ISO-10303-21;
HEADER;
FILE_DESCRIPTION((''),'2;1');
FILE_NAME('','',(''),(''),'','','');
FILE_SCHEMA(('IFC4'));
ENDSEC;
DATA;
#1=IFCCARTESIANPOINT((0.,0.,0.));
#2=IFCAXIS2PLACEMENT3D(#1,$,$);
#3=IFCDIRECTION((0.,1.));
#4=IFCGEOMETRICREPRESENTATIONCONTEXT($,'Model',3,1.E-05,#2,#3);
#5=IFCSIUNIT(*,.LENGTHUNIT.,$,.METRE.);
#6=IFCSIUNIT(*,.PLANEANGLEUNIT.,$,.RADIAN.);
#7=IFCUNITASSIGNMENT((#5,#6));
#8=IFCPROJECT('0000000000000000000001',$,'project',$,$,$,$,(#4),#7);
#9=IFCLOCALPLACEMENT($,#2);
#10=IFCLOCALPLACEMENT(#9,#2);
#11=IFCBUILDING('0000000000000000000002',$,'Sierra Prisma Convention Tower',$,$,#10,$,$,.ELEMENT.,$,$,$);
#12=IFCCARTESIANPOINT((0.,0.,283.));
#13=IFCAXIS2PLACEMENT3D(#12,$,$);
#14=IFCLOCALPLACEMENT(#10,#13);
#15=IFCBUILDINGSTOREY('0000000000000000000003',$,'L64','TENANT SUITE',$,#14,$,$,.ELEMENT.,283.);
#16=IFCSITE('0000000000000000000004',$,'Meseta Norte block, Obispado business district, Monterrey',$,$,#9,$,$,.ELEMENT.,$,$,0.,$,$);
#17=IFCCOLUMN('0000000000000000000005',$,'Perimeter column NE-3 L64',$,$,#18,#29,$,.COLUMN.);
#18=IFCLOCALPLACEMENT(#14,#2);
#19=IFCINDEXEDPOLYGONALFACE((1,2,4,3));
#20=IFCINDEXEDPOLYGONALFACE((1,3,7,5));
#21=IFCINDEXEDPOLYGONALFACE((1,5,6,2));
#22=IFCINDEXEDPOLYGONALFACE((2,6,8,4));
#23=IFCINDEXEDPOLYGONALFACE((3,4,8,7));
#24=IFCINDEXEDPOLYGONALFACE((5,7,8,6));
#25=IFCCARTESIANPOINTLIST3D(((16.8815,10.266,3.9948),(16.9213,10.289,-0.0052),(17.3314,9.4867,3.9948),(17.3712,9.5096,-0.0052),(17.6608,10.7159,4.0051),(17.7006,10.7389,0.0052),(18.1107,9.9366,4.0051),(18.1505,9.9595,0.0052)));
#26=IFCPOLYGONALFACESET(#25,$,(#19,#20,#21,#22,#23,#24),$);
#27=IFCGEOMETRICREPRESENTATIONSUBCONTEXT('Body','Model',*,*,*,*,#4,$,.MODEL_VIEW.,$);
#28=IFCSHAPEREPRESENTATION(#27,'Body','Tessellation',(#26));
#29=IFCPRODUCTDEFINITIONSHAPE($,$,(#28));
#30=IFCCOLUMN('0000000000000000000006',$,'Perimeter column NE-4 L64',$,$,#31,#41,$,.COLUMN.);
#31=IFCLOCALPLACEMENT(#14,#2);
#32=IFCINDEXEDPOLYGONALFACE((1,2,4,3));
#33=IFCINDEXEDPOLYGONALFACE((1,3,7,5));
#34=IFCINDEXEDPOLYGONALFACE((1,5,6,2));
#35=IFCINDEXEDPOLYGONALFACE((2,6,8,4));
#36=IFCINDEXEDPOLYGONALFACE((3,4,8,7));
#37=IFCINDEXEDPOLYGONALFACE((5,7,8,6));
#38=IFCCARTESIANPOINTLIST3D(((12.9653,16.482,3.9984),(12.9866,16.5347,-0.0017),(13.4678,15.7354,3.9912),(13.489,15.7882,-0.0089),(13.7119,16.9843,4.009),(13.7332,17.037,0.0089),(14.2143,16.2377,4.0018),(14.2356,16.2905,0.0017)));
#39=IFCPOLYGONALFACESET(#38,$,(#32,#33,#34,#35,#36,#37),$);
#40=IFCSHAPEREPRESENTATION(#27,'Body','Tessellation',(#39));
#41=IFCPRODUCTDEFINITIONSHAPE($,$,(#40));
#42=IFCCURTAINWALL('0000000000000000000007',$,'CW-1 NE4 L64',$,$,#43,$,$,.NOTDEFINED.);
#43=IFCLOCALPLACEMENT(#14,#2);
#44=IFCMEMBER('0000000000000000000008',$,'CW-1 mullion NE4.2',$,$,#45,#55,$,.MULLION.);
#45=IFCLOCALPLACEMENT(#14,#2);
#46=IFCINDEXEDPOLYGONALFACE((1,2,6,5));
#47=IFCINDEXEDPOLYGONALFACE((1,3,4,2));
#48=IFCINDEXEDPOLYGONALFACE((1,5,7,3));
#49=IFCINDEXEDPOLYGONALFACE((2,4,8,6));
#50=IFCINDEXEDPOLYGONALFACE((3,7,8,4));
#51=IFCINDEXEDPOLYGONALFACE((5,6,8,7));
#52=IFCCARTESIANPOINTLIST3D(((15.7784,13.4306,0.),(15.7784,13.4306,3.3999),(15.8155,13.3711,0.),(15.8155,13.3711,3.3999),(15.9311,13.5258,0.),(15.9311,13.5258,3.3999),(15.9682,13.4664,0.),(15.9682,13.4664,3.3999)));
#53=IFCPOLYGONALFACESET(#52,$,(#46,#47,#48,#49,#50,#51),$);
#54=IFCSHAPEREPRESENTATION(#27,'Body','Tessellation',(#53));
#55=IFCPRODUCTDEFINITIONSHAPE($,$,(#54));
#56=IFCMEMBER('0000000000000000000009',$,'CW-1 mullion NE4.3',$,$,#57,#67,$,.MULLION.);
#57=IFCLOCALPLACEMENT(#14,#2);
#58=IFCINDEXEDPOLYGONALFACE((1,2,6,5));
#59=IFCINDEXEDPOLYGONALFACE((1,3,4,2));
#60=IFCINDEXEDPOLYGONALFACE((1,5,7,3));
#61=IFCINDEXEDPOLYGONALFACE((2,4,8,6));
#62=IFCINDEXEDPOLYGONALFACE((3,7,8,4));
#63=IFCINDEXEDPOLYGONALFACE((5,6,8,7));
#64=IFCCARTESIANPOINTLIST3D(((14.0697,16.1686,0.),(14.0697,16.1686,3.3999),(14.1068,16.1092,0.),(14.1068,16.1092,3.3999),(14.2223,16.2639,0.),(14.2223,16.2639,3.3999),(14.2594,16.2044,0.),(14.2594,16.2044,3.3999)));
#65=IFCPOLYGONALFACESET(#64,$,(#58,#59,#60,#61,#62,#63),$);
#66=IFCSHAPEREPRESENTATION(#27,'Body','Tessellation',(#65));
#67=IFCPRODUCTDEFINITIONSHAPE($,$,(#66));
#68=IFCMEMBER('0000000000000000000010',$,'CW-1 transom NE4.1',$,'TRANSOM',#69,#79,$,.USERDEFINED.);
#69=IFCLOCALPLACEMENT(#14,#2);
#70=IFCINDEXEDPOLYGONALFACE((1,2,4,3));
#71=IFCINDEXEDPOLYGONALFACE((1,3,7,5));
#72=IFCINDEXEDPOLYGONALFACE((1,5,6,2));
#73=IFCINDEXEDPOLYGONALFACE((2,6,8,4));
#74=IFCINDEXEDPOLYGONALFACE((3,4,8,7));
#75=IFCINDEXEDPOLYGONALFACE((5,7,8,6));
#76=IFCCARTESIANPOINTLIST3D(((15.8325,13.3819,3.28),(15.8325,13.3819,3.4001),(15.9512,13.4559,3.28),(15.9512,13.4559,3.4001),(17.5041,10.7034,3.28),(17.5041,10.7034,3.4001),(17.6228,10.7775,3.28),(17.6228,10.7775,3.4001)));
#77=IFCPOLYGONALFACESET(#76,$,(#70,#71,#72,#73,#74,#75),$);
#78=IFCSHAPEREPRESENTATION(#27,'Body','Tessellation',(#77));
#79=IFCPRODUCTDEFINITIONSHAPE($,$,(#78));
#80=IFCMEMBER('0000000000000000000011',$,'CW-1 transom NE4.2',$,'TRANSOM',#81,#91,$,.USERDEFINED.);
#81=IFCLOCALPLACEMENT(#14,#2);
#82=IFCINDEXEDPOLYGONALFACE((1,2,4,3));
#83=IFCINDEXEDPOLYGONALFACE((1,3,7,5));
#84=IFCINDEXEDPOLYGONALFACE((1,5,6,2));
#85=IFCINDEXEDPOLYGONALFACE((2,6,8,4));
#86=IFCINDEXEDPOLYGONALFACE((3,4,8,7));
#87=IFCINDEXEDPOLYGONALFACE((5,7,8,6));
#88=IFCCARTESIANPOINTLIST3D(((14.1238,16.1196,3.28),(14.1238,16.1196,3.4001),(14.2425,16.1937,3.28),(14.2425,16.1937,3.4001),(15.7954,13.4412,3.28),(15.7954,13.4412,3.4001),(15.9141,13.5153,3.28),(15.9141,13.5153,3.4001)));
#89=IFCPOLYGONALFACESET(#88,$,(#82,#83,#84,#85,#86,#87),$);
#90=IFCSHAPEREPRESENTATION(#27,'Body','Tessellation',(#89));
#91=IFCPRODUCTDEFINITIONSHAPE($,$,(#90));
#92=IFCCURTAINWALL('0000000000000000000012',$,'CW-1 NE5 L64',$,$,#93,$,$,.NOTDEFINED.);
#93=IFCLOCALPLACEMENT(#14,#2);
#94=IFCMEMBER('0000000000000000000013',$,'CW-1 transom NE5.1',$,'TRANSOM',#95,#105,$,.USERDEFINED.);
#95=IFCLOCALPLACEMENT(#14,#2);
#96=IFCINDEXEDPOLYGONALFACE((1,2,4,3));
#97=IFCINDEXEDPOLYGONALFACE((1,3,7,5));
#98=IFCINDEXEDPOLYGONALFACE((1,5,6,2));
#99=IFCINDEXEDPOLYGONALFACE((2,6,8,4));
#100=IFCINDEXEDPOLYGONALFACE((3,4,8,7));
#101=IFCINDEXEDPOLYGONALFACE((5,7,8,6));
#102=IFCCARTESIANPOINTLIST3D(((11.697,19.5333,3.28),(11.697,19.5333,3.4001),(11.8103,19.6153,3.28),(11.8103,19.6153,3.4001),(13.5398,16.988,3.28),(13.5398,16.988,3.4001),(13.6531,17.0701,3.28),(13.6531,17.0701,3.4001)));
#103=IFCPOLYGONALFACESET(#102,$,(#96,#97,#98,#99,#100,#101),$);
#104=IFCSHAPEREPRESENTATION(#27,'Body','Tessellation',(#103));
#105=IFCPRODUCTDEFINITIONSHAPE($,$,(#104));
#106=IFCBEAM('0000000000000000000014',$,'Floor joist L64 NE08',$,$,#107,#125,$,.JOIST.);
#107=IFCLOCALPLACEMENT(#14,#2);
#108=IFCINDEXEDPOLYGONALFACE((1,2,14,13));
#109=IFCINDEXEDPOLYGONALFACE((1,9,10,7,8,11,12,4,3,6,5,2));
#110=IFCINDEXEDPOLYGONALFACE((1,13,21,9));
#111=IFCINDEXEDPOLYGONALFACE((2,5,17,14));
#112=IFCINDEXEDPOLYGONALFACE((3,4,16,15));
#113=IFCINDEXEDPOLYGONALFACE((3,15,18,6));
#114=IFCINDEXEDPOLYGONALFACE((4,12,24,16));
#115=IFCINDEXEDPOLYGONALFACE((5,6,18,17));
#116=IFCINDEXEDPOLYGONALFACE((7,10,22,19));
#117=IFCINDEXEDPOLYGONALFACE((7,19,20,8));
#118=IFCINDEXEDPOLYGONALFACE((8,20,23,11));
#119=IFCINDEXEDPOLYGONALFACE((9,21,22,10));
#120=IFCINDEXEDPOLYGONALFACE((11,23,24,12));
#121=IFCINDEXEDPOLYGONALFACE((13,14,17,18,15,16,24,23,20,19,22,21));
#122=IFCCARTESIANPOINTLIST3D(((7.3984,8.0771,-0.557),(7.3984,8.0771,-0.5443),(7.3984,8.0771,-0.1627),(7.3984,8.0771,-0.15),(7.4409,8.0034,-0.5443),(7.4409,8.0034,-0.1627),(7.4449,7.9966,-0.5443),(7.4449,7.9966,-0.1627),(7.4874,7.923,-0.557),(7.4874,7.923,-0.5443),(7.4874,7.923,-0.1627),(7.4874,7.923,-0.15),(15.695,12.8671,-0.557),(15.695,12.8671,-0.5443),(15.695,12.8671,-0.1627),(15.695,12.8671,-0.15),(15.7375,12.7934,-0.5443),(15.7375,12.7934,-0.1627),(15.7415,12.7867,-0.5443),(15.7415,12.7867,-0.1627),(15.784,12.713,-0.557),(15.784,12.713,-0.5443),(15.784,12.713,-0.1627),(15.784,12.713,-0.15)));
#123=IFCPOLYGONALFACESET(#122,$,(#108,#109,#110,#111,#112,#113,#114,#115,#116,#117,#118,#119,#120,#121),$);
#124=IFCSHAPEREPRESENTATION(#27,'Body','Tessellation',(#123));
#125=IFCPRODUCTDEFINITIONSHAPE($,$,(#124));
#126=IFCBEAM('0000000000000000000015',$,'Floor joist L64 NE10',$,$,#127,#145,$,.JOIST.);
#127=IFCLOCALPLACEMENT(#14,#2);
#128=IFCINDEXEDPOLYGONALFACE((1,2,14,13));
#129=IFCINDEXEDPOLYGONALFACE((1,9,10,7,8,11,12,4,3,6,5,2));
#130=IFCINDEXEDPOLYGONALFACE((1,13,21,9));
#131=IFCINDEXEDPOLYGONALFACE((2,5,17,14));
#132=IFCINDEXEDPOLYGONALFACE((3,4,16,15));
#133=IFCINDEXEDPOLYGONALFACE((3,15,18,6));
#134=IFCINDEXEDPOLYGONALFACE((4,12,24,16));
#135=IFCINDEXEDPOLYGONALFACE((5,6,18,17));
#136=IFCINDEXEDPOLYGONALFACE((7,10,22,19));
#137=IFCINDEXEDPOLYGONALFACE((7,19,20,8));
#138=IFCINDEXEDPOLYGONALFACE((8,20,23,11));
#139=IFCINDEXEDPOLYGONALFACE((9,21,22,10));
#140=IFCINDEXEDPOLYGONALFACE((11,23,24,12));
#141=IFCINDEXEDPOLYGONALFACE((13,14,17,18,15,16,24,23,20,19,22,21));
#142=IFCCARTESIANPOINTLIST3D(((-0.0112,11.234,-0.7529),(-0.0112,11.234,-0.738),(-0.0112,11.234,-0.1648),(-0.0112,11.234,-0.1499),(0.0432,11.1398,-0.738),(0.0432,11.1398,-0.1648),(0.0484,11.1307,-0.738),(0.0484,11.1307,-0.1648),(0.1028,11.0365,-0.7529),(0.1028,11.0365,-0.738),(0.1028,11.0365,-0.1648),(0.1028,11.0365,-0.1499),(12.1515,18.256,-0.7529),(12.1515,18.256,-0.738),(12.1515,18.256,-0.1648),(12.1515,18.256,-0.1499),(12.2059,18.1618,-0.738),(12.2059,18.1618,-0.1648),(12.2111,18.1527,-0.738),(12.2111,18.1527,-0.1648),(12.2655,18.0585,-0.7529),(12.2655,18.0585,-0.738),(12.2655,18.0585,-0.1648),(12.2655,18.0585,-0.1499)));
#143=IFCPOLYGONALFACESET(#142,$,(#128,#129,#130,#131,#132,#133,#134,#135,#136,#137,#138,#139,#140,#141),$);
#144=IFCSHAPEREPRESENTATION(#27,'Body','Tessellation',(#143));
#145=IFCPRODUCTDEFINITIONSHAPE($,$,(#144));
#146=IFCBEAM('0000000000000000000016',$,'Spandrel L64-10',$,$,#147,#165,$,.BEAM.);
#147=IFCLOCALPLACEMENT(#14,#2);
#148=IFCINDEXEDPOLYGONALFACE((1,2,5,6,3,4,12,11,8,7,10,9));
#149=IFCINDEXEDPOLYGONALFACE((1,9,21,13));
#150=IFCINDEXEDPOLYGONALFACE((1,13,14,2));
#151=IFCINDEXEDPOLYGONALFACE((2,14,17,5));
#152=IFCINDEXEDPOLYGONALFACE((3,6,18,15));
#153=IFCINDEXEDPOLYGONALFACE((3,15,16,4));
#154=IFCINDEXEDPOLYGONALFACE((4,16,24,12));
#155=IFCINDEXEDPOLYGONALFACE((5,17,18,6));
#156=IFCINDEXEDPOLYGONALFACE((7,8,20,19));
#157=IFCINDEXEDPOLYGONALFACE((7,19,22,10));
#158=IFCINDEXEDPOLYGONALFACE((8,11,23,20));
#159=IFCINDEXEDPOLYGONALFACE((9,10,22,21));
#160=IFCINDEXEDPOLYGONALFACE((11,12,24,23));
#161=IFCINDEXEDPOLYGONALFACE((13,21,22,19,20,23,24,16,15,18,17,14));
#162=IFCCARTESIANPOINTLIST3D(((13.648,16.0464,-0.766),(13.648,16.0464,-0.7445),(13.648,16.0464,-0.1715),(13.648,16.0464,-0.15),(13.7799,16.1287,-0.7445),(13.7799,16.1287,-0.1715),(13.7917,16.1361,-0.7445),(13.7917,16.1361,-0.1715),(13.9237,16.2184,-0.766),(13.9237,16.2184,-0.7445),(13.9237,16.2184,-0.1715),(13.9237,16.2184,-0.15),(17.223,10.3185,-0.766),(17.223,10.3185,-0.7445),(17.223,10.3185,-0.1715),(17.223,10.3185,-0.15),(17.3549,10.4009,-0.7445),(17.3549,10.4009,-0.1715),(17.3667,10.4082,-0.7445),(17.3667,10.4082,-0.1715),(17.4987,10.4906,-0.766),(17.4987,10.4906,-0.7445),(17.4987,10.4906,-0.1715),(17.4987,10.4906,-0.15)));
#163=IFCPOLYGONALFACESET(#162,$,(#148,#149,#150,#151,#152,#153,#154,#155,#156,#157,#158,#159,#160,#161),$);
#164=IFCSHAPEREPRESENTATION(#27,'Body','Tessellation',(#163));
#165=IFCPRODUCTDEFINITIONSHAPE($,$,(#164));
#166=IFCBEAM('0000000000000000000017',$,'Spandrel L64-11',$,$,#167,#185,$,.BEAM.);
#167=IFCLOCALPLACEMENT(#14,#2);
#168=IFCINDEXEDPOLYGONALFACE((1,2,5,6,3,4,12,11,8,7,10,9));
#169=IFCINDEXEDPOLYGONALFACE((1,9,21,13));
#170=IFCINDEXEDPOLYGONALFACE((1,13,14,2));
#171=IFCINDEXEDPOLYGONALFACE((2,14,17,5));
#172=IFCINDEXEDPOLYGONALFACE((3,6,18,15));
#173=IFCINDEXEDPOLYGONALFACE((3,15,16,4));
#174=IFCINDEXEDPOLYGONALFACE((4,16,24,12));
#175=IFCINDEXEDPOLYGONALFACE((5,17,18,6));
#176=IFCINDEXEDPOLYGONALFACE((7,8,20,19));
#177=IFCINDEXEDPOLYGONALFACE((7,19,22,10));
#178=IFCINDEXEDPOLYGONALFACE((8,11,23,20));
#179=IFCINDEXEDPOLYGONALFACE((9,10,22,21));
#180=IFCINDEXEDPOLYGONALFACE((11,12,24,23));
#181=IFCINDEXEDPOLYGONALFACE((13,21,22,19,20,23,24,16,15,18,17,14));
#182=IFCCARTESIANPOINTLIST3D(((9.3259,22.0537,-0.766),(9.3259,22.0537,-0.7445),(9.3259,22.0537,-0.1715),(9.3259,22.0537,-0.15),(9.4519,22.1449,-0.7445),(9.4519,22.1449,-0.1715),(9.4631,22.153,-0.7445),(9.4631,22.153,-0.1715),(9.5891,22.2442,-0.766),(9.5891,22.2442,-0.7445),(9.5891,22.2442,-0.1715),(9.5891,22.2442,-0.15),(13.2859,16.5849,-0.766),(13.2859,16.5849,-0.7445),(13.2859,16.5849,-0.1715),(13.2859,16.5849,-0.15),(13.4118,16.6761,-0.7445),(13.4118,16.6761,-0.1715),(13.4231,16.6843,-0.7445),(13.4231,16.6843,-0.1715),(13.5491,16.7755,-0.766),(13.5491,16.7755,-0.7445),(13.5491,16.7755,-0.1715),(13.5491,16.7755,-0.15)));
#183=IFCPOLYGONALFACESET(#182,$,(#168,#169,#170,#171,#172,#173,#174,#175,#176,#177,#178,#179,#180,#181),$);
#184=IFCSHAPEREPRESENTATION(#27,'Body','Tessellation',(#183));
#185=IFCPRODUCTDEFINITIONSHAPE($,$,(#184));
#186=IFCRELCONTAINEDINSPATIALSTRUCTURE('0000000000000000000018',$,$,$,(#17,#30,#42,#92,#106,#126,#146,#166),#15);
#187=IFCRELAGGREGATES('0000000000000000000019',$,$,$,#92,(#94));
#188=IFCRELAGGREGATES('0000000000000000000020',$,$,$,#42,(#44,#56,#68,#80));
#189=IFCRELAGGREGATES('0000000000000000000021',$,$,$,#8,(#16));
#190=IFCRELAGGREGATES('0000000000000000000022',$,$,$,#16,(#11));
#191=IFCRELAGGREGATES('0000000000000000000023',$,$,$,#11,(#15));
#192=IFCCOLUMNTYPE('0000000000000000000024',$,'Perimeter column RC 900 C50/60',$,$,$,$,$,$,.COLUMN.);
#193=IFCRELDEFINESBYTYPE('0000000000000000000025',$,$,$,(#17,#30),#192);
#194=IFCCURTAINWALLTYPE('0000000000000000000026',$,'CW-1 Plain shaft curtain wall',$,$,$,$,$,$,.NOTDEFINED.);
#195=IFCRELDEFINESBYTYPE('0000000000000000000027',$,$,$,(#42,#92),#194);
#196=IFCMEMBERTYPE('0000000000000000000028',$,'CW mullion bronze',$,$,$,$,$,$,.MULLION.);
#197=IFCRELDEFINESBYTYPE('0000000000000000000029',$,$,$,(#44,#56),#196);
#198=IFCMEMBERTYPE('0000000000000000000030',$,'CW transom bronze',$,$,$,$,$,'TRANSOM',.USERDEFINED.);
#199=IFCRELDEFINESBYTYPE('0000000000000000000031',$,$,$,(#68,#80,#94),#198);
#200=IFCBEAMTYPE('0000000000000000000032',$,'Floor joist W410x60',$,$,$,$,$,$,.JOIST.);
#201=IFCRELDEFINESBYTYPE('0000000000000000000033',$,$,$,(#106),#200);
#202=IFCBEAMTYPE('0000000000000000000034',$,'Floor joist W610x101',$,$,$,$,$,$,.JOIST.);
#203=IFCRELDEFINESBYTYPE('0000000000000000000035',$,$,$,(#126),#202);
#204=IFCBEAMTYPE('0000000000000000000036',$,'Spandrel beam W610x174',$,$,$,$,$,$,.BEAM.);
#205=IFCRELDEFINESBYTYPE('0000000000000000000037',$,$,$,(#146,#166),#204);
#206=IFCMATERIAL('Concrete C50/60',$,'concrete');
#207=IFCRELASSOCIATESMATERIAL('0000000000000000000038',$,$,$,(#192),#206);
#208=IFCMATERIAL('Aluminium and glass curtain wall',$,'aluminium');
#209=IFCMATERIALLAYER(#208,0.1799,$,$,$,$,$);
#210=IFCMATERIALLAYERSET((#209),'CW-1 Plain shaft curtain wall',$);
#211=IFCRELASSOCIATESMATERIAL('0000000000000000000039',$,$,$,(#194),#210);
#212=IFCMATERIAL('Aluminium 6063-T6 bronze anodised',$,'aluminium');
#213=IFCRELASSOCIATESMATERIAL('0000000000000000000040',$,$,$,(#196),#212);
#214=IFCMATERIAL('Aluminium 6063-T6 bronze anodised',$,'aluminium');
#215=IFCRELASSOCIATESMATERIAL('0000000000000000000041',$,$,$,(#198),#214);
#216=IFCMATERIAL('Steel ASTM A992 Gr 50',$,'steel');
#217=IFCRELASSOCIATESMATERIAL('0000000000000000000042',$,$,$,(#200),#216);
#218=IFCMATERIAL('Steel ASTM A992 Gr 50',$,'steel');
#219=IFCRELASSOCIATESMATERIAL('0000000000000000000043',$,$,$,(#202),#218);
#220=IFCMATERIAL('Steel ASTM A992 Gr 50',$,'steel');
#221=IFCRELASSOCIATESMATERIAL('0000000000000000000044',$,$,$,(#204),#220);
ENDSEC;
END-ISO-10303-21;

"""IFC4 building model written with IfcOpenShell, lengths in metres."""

from ifc_helpers import new_model, si_unit, direction, frame, origin, origin_2d, place, context, subcontext, project, spatial, rectangle, i_section, extrude, material, layer, layer_set, material_profile, profile_set, type_object, element, aggregate, save


model = new_model("IFC4")

# Units and contexts
model_context = context("Model", 3, precision=1e-05, world=origin(), true_north=direction((0.0, 1.0)))
body_context = subcontext(model_context, "Body", "Model", "MODEL_VIEW")
ifc_project = project(units=[si_unit("LENGTHUNIT", "METRE"), si_unit("PLANEANGLEUNIT", "RADIAN")], contexts=[model_context])

# Site, building, storey
site_placement = place(None, origin())
site = spatial("IfcSite", under=ifc_project, at=site_placement, Name="Meseta Norte block, Obispado business district, Monterrey", CompositionType="ELEMENT", RefElevation=0.0)
building_placement = place(site_placement, origin())
building = spatial("IfcBuilding", under=site, at=building_placement, Name="Sierra Prisma Convention Tower", CompositionType="ELEMENT")
storey_placement = place(building_placement, frame((0.0, 0.0, 283.0)))
storey = spatial("IfcBuildingStorey", under=building, at=storey_placement, Name="L64", Description="TENANT SUITE", CompositionType="ELEMENT", Elevation=283.0)

# Columns
ifc_material_1 = material(Name="Concrete C50/60", Category="concrete")
ifc_material_profile_1 = material_profile(ifc_material_1, rectangle(XDim=0.8999, YDim=0.8999, at=origin_2d()), Name="Perimeter column RC 900 C50/60")
ifc_profile_set_1 = profile_set([ifc_material_profile_1], Name="Concrete C50/60")
column_type = type_object("IfcColumnType", Name="Perimeter column RC 900 C50/60", PredefinedType="COLUMN", material=ifc_profile_set_1)
column_1_placement = place(storey_placement, frame((17.5359, 10.1243, 0.0), z_axis=(-0.009948, -0.005737, 0.999934), x_axis=(-0.499975, 0.86604, -0.000005)))
element("IfcColumn", 1, at=column_1_placement, inside=storey, type_object=column_type, Name="Perimeter column NE-3 L64", PredefinedType="COLUMN", context=body_context, shape_type="SweptSolid", body=[
    extrude(rectangle(XDim=0.8999, YDim=0.8999, at=origin_2d()), origin(), (0.0, 0.0, 1.0), 4.0002),
])
column_2_placement = place(storey_placement, frame((13.6111, 16.4126, 0.0), z_axis=(-0.00531, -0.013182, 0.999899), x_axis=(-0.558296, 0.829603, 0.007973)))
element("IfcColumn", 2, at=column_2_placement, inside=storey, type_object=column_type, Name="Perimeter column NE-4 L64", PredefinedType="COLUMN", context=body_context, shape_type="SweptSolid", body=[
    extrude(rectangle(XDim=0.8999, YDim=0.8999, at=origin_2d()), origin(), (0.0, 0.0, 1.0), 4.0005),
])

# Curtain wall, members
ifc_material_2 = material(Name="Aluminium and glass curtain wall", Category="aluminium")
ifc_layer_1 = layer(ifc_material_2, 0.1799)
ifc_layer_set_1 = layer_set([ifc_layer_1], Name="CW-1 Plain shaft curtain wall")
curtain_wall_type = type_object("IfcCurtainWallType", Name="CW-1 Plain shaft curtain wall", PredefinedType="NOTDEFINED", material=ifc_layer_set_1)
curtain_wall_1_placement = place(storey_placement, origin())
curtain_wall_1 = element("IfcCurtainWall", 3, at=curtain_wall_1_placement, inside=storey, type_object=curtain_wall_type, Name="CW-1 NE4 L64", PredefinedType="NOTDEFINED")
ifc_material_3 = material(Name="Aluminium 6063-T6 bronze anodised", Category="aluminium")
ifc_material_profile_2 = material_profile(ifc_material_3, rectangle(XDim=0.1799, YDim=0.0701, at=origin_2d()), Name="ALU MULLION 70x180")
ifc_profile_set_2 = profile_set([ifc_material_profile_2], Name="Aluminium 6063-T6 bronze anodised")
member_type_1 = type_object("IfcMemberType", Name="CW mullion bronze", PredefinedType="MULLION", material=ifc_profile_set_2)
member_1_placement = place(storey_placement, frame((15.8733, 13.4485, 0.0), z_axis=(0.0, 0.0, 1.0), x_axis=(-0.848332, -0.529465, 0.0)))
member_1 = element("IfcMember", 4, at=member_1_placement, type_object=member_type_1, Name="CW-1 mullion NE4.2", PredefinedType="MULLION", context=body_context, shape_type="SweptSolid", body=[
    extrude(rectangle(XDim=0.1799, YDim=0.0701, at=origin_2d()), origin(), (0.0, 0.0, 1.0), 3.3999),
])
member_2_placement = place(storey_placement, frame((14.1646, 16.1865, 0.0), z_axis=(0.0, 0.0, 1.0), x_axis=(-0.848332, -0.529465, 0.0)))
member_2 = element("IfcMember", 5, at=member_2_placement, type_object=member_type_1, Name="CW-1 mullion NE4.3", PredefinedType="MULLION", context=body_context, shape_type="SweptSolid", body=[
    extrude(rectangle(XDim=0.1799, YDim=0.0701, at=origin_2d()), origin(), (0.0, 0.0, 1.0), 3.3999),
])
ifc_material_4 = material(Name="Aluminium 6063-T6 bronze anodised", Category="aluminium")
ifc_material_profile_3 = material_profile(ifc_material_4, rectangle(XDim=0.1399, YDim=0.1201, at=origin_2d()), Name="ALU TRANSOM 120x140")
ifc_profile_set_3 = profile_set([ifc_material_profile_3], Name="Aluminium 6063-T6 bronze anodised")
member_type_2 = type_object("IfcMemberType", Name="CW transom bronze", ElementType="TRANSOM", PredefinedType="USERDEFINED", material=ifc_profile_set_3)
member_3_placement = place(storey_placement, frame((17.5635, 10.7405, 3.3401), z_axis=(-0.52945, 0.848341, 0.0), x_axis=(-0.848341, -0.52945, 0.0)))
member_3 = element("IfcMember", 6, at=member_3_placement, type_object=member_type_2, Name="CW-1 transom NE4.1", ObjectType="TRANSOM", PredefinedType="USERDEFINED", context=body_context, shape_type="SweptSolid", body=[
    extrude(rectangle(XDim=0.1399, YDim=0.1201, at=origin_2d()), origin(), (0.0, 0.0, 1.0), 3.1572),
])
member_4_placement = place(storey_placement, frame((15.8547, 13.4783, 3.3401), z_axis=(-0.52945, 0.848341, 0.0), x_axis=(-0.848341, -0.52945, 0.0)))
member_4 = element("IfcMember", 7, at=member_4_placement, type_object=member_type_2, Name="CW-1 transom NE4.2", ObjectType="TRANSOM", PredefinedType="USERDEFINED", context=body_context, shape_type="SweptSolid", body=[
    extrude(rectangle(XDim=0.1399, YDim=0.1201, at=origin_2d()), origin(), (0.0, 0.0, 1.0), 3.1572),
])

# Curtain wall, member
curtain_wall_2_placement = place(storey_placement, origin())
curtain_wall_2 = element("IfcCurtainWall", 8, at=curtain_wall_2_placement, inside=storey, type_object=curtain_wall_type, Name="CW-1 NE5 L64", PredefinedType="NOTDEFINED")
member_5_placement = place(storey_placement, frame((13.5964, 17.0291, 3.3401), z_axis=(-0.586452, 0.809984, 0.0), x_axis=(-0.809984, -0.586452, 0.0)))
member_5 = element("IfcMember", 9, at=member_5_placement, type_object=member_type_2, Name="CW-1 transom NE5.1", ObjectType="TRANSOM", PredefinedType="USERDEFINED", context=body_context, shape_type="SweptSolid", body=[
    extrude(rectangle(XDim=0.1399, YDim=0.1201, at=origin_2d()), origin(), (0.0, 0.0, 1.0), 3.1423),
])
aggregate(curtain_wall_2, [member_5])

# Beams
ifc_material_5 = material(Name="Steel ASTM A992 Gr 50", Category="steel")
ifc_material_profile_4 = material_profile(ifc_material_5, i_section(OverallWidth=0.178, OverallDepth=0.407, WebThickness=0.0078, FlangeThickness=0.0127, at=origin_2d()), Name="W410x60")
ifc_profile_set_4 = profile_set([ifc_material_profile_4], Name="Steel ASTM A992 Gr 50")
beam_type_1 = type_object("IfcBeamType", Name="Floor joist W410x60", PredefinedType="JOIST", material=ifc_profile_set_4)
beam_1_placement = place(storey_placement, frame((15.7395, 12.79, -0.3535), z_axis=(-0.866026, -0.499998, 0.0), x_axis=(0.499998, -0.866026, 0.0)))
element("IfcBeam", 10, at=beam_1_placement, inside=storey, type_object=beam_type_1, Name="Floor joist L64 NE08", PredefinedType="JOIST", context=body_context, shape_type="SweptSolid", body=[
    extrude(i_section(OverallWidth=0.178, OverallDepth=0.407, WebThickness=0.0078, FlangeThickness=0.0127, at=origin_2d()), origin(), (0.0, 0.0, 1.0), 9.5801),
])
ifc_material_6 = material(Name="Steel ASTM A992 Gr 50", Category="steel")
ifc_material_profile_5 = material_profile(ifc_material_6, i_section(OverallWidth=0.228, OverallDepth=0.603, WebThickness=0.0105, FlangeThickness=0.0149, at=origin_2d()), Name="W610x101")
ifc_profile_set_5 = profile_set([ifc_material_profile_5], Name="Steel ASTM A992 Gr 50")
beam_type_2 = type_object("IfcBeamType", Name="Floor joist W610x101", PredefinedType="JOIST", material=ifc_profile_set_5)
beam_2_placement = place(storey_placement, frame((12.2085, 18.1572, -0.4514), z_axis=(-0.866029, -0.499994, 0.0), x_axis=(0.499994, -0.866029, 0.0)))
element("IfcBeam", 11, at=beam_2_placement, inside=storey, type_object=beam_type_2, Name="Floor joist L64 NE10", PredefinedType="JOIST", context=body_context, shape_type="SweptSolid", body=[
    extrude(i_section(OverallWidth=0.228, OverallDepth=0.603, WebThickness=0.0105, FlangeThickness=0.0149, at=origin_2d()), origin(), (0.0, 0.0, 1.0), 14.0442),
])
ifc_material_7 = material(Name="Steel ASTM A992 Gr 50", Category="steel")
ifc_material_profile_6 = material_profile(ifc_material_7, i_section(OverallWidth=0.325, OverallDepth=0.616, WebThickness=0.0139, FlangeThickness=0.0215, at=origin_2d()), Name="W610x174")
ifc_profile_set_6 = profile_set([ifc_material_profile_6], Name="Steel ASTM A992 Gr 50")
beam_type_3 = type_object("IfcBeamType", Name="Spandrel beam W610x174", PredefinedType="BEAM", material=ifc_profile_set_6)
for number, where, z_axis, x_axis, name in (
    (12, (17.3608, 10.4045, -0.458), (-0.529476, 0.848325, 0.0), (-0.848325, -0.529476, 0.0), "Spandrel L64-10"),
    (13, (13.4175, 16.6802, -0.458), (-0.586493, 0.809954, 0.0), (-0.809954, -0.586493, 0.0), "Spandrel L64-11"),
):
    element("IfcBeam", number, at=place(storey_placement, frame(where, z_axis=z_axis, x_axis=x_axis)), inside=storey, type_object=beam_type_3, Name=name, PredefinedType="BEAM", context=body_context, shape_type="SweptSolid", body=[
        extrude(i_section(OverallWidth=0.325, OverallDepth=0.616, WebThickness=0.0139, FlangeThickness=0.0215, at=origin_2d()), origin(), (0.0, 0.0, 1.0), 6.752),
    ])

aggregate(curtain_wall_1, [member_1, member_2, member_3, member_4])

save(model, "model.ifc")
